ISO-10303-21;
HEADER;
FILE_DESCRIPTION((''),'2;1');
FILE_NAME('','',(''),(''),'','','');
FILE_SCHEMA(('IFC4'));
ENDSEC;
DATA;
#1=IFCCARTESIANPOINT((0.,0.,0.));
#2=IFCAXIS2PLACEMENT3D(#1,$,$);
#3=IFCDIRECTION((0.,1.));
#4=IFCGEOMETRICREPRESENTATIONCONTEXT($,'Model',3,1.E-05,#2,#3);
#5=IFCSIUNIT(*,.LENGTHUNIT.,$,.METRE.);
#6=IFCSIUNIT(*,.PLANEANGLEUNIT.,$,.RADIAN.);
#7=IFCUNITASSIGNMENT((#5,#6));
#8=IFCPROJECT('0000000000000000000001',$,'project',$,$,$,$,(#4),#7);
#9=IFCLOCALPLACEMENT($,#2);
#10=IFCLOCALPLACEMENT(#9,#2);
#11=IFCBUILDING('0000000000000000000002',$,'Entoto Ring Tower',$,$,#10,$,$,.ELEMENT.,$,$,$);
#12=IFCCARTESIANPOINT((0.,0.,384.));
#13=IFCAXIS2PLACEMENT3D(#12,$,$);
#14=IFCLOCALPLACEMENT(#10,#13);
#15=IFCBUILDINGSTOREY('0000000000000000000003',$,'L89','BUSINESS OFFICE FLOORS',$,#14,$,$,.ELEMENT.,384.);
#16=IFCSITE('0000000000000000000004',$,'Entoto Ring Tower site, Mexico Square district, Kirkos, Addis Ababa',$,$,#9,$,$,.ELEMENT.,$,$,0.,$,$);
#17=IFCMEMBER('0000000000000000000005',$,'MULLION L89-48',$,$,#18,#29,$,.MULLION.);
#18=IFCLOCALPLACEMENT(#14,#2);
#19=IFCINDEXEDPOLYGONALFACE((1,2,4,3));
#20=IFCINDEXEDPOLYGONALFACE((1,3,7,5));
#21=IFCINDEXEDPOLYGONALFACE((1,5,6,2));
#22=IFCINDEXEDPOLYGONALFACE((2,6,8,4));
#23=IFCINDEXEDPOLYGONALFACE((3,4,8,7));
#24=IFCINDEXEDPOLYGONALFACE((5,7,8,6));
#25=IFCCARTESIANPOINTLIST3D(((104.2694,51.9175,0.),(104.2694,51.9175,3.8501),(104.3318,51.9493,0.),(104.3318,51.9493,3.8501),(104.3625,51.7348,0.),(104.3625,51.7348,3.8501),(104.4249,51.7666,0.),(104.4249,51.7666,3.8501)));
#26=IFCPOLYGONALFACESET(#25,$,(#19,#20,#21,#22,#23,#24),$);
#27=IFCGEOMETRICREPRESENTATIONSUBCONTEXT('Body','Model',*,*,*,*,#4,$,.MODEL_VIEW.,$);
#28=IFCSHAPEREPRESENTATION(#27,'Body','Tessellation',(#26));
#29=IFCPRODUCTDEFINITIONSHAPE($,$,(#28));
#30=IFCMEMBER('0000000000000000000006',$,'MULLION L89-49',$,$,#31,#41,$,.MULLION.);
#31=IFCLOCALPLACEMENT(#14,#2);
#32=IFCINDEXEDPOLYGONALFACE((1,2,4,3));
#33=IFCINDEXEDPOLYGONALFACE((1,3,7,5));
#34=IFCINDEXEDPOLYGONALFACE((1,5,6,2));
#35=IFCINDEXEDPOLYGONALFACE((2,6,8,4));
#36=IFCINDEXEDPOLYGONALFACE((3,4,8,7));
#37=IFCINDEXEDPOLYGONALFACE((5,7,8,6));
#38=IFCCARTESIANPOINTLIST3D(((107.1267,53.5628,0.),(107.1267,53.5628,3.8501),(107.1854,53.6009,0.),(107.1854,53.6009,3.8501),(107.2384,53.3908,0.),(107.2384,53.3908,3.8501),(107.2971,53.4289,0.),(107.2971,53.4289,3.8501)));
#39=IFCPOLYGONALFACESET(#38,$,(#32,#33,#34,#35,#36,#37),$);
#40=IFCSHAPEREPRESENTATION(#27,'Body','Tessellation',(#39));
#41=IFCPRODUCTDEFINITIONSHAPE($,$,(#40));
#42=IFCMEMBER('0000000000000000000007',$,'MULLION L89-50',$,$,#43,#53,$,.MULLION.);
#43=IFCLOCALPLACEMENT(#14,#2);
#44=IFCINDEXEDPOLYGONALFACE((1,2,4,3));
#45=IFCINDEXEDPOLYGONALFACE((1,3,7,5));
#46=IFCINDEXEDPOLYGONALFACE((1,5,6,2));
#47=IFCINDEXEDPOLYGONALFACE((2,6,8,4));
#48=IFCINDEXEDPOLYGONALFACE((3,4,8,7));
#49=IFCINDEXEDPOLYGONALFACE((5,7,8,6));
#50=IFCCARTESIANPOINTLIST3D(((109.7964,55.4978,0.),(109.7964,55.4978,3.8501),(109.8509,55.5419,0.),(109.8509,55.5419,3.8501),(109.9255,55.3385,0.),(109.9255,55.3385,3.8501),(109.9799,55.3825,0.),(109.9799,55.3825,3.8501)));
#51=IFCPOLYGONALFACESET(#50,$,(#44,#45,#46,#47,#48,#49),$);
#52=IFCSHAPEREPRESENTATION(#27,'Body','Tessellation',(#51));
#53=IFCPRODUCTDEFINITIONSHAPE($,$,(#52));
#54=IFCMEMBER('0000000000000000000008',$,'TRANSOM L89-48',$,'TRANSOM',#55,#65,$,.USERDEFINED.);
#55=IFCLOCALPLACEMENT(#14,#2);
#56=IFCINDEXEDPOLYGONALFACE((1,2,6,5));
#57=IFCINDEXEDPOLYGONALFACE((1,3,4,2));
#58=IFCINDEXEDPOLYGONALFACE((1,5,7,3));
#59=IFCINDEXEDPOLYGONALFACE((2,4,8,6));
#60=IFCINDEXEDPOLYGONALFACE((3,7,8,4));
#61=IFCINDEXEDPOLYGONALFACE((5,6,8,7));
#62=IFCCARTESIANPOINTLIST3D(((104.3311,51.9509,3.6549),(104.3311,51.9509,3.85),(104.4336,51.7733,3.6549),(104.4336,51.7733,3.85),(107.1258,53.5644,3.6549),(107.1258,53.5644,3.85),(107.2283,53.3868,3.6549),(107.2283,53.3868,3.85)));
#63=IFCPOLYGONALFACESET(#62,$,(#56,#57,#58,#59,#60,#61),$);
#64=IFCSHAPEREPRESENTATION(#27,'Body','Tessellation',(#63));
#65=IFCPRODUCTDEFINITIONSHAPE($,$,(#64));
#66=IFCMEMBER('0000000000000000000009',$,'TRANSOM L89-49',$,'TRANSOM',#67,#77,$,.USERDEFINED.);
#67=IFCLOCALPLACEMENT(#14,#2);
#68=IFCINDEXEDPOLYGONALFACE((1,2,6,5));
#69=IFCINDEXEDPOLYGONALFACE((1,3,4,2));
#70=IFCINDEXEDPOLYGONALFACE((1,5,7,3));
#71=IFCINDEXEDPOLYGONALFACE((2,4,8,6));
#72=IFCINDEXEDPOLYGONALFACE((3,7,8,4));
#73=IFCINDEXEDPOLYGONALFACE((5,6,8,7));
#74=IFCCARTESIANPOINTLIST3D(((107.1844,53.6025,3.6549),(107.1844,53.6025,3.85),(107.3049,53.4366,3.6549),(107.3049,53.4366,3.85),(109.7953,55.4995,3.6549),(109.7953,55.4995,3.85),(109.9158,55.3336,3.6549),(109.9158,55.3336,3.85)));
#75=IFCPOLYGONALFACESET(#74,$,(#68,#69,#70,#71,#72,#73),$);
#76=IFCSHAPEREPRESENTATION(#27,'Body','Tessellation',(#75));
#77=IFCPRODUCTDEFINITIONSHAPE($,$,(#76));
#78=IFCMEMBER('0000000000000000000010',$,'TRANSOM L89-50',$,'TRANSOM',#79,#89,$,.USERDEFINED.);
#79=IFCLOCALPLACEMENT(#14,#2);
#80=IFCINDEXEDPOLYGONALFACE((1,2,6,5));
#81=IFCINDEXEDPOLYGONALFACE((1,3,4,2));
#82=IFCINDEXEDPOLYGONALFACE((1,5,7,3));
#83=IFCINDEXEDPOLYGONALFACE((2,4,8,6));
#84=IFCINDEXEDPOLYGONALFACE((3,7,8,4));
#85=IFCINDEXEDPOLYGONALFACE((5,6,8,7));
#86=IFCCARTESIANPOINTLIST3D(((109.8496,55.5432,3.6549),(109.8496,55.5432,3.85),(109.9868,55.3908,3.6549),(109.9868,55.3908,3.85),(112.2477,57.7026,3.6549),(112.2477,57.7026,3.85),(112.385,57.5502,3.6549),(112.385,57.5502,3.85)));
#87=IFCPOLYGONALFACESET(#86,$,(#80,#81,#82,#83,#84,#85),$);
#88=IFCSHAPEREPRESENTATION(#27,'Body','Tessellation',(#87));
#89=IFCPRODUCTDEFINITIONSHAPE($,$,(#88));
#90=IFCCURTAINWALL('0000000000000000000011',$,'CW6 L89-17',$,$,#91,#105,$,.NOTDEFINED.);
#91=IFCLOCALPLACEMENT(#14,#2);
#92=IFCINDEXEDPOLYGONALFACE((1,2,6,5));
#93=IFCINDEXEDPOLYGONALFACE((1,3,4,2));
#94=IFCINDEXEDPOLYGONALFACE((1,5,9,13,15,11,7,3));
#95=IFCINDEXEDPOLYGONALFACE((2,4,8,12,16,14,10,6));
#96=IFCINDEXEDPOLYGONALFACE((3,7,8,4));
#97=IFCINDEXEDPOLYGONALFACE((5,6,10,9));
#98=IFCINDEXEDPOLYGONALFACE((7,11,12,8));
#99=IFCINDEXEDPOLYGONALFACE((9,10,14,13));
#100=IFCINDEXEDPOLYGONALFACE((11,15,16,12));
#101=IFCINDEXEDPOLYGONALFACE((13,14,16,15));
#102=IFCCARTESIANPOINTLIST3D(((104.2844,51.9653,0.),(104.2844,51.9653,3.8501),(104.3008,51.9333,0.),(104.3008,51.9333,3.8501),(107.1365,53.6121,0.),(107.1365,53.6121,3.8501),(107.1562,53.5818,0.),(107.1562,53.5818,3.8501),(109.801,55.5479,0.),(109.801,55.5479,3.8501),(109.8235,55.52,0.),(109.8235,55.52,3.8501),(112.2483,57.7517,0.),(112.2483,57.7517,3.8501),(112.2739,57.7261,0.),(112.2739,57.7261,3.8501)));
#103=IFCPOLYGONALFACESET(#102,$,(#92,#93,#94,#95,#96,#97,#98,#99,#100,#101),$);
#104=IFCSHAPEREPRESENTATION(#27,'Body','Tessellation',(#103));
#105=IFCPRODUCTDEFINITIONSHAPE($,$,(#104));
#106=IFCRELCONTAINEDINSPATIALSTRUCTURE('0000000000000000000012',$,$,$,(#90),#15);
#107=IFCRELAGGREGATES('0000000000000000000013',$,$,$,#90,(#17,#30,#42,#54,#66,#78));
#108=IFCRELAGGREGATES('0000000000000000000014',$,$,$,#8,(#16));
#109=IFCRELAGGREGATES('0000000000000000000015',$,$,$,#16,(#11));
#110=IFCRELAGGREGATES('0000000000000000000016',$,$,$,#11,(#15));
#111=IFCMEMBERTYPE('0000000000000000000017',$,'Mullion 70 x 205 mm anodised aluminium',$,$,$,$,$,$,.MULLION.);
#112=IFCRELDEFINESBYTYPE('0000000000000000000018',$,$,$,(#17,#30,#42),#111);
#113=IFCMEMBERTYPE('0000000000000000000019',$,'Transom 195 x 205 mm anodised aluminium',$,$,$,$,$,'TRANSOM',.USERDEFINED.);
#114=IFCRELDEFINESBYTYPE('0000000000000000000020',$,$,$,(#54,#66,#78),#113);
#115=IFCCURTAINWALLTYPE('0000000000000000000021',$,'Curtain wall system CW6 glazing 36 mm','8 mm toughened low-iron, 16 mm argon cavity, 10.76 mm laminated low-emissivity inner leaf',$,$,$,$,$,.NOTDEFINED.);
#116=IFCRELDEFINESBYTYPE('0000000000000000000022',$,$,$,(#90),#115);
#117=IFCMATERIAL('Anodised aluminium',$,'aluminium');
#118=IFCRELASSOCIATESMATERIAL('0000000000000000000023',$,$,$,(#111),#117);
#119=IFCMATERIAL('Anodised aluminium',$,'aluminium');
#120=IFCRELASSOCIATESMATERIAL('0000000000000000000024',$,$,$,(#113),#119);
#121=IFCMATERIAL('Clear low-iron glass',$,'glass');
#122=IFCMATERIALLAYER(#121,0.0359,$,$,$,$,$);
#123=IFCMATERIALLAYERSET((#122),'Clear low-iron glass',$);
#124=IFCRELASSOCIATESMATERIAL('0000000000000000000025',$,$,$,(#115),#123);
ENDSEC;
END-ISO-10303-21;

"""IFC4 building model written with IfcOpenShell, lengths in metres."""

from ifc_helpers import new_model, si_unit, direction, frame, origin, origin_2d, place, context, subcontext, project, spatial, polyline, rectangle, outline, extrude, material, layer, layer_set, material_profile, profile_set, type_object, element, aggregate, save


model = new_model("IFC4")

# Units and contexts
model_context = context("Model", 3, precision=1e-05, world=origin(), true_north=direction((0.0, 1.0)))
body_context = subcontext(model_context, "Body", "Model", "MODEL_VIEW")
ifc_project = project(units=[si_unit("LENGTHUNIT", "METRE"), si_unit("PLANEANGLEUNIT", "RADIAN")], contexts=[model_context])

# Members
ifc_material_1 = material(Name="Anodised aluminium", Category="aluminium")
ifc_material_profile_1 = material_profile(ifc_material_1, rectangle(XDim=0.0701, YDim=0.2051, at=origin_2d()), Name="Mullion 70 x 205 mm anodised aluminium")
ifc_profile_set_1 = profile_set([ifc_material_profile_1], Name="Anodised aluminium")
member_type_1 = type_object("IfcMemberType", Name="Mullion 70 x 205 mm anodised aluminium", PredefinedType="MULLION", material=ifc_profile_set_1)
site_placement = place(None, origin())
building_placement = place(site_placement, origin())
storey_placement = place(building_placement, frame((0.0, 0.0, 384.0)))
member_1_placement = place(storey_placement, frame((104.3472, 51.842, 0.0), z_axis=(0.0, 0.0, 1.0), x_axis=(0.891007, 0.45399, 0.0)))
member_1 = element("IfcMember", 1, at=member_1_placement, type_object=member_type_1, Name="MULLION L89-48", PredefinedType="MULLION", context=body_context, shape_type="SweptSolid", body=[
    extrude(rectangle(XDim=0.0701, YDim=0.2051, at=origin_2d()), origin(), (0.0, 0.0, 1.0), 3.8501),
])
member_2_placement = place(storey_placement, frame((107.2119, 53.4958, 0.0), z_axis=(0.0, 0.0, 1.0), x_axis=(0.838671, 0.544639, 0.0)))
member_2 = element("IfcMember", 2, at=member_2_placement, type_object=member_type_1, Name="MULLION L89-49", PredefinedType="MULLION", context=body_context, shape_type="SweptSolid", body=[
    extrude(rectangle(XDim=0.0701, YDim=0.2051, at=origin_2d()), origin(), (0.0, 0.0, 1.0), 3.8501),
])
member_3_placement = place(storey_placement, frame((109.8882, 55.4402, 0.0), z_axis=(0.0, 0.0, 1.0), x_axis=(0.777146, 0.62932, 0.0)))
member_3 = element("IfcMember", 3, at=member_3_placement, type_object=member_type_1, Name="MULLION L89-50", PredefinedType="MULLION", context=body_context, shape_type="SweptSolid", body=[
    extrude(rectangle(XDim=0.0701, YDim=0.2051, at=origin_2d()), origin(), (0.0, 0.0, 1.0), 3.8501),
])
ifc_material_2 = material(Name="Anodised aluminium", Category="aluminium")
ifc_material_profile_2 = material_profile(ifc_material_2, rectangle(XDim=0.2051, YDim=0.1951, at=origin_2d()), Name="Transom 195 x 205 mm anodised aluminium")
ifc_profile_set_2 = profile_set([ifc_material_profile_2], Name="Anodised aluminium")
member_type_2 = type_object("IfcMemberType", Name="Transom 195 x 205 mm anodised aluminium", ElementType="TRANSOM", PredefinedType="USERDEFINED", material=ifc_profile_set_2)
member_4_placement = place(storey_placement, frame((104.3823, 51.8621, 3.7524), z_axis=(0.866023, 0.500004, 0.0), x_axis=(-0.500004, 0.866023, 0.0)))
member_4 = element("IfcMember", 4, at=member_4_placement, type_object=member_type_2, Name="TRANSOM L89-48", ObjectType="TRANSOM", PredefinedType="USERDEFINED", context=body_context, shape_type="SweptSolid", body=[
    extrude(rectangle(XDim=0.2051, YDim=0.1951, at=origin_2d()), origin(), (0.0, 0.0, 1.0), 3.2271),
])
member_5_placement = place(storey_placement, frame((107.2446, 53.5195, 3.7524), z_axis=(0.809004, 0.587803, 0.0), x_axis=(-0.587803, 0.809004, 0.0)))
member_5 = element("IfcMember", 5, at=member_5_placement, type_object=member_type_2, Name="TRANSOM L89-49", ObjectType="TRANSOM", PredefinedType="USERDEFINED", context=body_context, shape_type="SweptSolid", body=[
    extrude(rectangle(XDim=0.2051, YDim=0.1951, at=origin_2d()), origin(), (0.0, 0.0, 1.0), 3.2273),
])
member_6_placement = place(storey_placement, frame((109.9182, 55.467, 3.7524), z_axis=(0.743132, 0.669144, 0.0), x_axis=(-0.669144, 0.743132, 0.0)))
member_6 = element("IfcMember", 6, at=member_6_placement, type_object=member_type_2, Name="TRANSOM L89-50", ObjectType="TRANSOM", PredefinedType="USERDEFINED", context=body_context, shape_type="SweptSolid", body=[
    extrude(rectangle(XDim=0.2051, YDim=0.1951, at=origin_2d()), origin(), (0.0, 0.0, 1.0), 3.2271),
])

# Site, building, storey
site = spatial("IfcSite", under=ifc_project, at=site_placement, Name="Entoto Ring Tower site, Mexico Square district, Kirkos, Addis Ababa", CompositionType="ELEMENT", RefElevation=0.0)
building = spatial("IfcBuilding", under=site, at=building_placement, Name="Entoto Ring Tower", CompositionType="ELEMENT")
storey = spatial("IfcBuildingStorey", under=building, at=storey_placement, Name="L89", Description="BUSINESS OFFICE FLOORS", CompositionType="ELEMENT", Elevation=384.0)

# Curtain wall
ifc_material_3 = material(Name="Clear low-iron glass", Category="glass")
ifc_layer_1 = layer(ifc_material_3, 0.0359)
ifc_layer_set_1 = layer_set([ifc_layer_1], Name="Clear low-iron glass")
curtain_wall_type = type_object("IfcCurtainWallType", Name="Curtain wall system CW6 glazing 36 mm", Description="8 mm toughened low-iron, 16 mm argon cavity, 10.76 mm laminated low-emissivity inner leaf", PredefinedType="NOTDEFINED", material=ifc_layer_set_1)
curtain_wall_1_placement = place(storey_placement, origin())
curtain_wall_1 = element("IfcCurtainWall", 7, at=curtain_wall_1_placement, inside=storey, type_object=curtain_wall_type, Name="CW6 L89-17", PredefinedType="NOTDEFINED", context=body_context, shape_type="SweptSolid", body=[
    extrude(outline(polyline([(104.3008, 51.9333), (107.1562, 53.5818), (109.8235, 55.52), (112.2739, 57.7261), (112.2483, 57.7517), (109.801, 55.5479), (107.1365, 53.6121), (104.2844, 51.9653), (104.3008, 51.9333)])), origin(), (0.0, 0.0, 1.0), 3.8501),
])
aggregate(curtain_wall_1, [member_1, member_2, member_3, member_4, member_5, member_6])

save(model, "model.ifc")
